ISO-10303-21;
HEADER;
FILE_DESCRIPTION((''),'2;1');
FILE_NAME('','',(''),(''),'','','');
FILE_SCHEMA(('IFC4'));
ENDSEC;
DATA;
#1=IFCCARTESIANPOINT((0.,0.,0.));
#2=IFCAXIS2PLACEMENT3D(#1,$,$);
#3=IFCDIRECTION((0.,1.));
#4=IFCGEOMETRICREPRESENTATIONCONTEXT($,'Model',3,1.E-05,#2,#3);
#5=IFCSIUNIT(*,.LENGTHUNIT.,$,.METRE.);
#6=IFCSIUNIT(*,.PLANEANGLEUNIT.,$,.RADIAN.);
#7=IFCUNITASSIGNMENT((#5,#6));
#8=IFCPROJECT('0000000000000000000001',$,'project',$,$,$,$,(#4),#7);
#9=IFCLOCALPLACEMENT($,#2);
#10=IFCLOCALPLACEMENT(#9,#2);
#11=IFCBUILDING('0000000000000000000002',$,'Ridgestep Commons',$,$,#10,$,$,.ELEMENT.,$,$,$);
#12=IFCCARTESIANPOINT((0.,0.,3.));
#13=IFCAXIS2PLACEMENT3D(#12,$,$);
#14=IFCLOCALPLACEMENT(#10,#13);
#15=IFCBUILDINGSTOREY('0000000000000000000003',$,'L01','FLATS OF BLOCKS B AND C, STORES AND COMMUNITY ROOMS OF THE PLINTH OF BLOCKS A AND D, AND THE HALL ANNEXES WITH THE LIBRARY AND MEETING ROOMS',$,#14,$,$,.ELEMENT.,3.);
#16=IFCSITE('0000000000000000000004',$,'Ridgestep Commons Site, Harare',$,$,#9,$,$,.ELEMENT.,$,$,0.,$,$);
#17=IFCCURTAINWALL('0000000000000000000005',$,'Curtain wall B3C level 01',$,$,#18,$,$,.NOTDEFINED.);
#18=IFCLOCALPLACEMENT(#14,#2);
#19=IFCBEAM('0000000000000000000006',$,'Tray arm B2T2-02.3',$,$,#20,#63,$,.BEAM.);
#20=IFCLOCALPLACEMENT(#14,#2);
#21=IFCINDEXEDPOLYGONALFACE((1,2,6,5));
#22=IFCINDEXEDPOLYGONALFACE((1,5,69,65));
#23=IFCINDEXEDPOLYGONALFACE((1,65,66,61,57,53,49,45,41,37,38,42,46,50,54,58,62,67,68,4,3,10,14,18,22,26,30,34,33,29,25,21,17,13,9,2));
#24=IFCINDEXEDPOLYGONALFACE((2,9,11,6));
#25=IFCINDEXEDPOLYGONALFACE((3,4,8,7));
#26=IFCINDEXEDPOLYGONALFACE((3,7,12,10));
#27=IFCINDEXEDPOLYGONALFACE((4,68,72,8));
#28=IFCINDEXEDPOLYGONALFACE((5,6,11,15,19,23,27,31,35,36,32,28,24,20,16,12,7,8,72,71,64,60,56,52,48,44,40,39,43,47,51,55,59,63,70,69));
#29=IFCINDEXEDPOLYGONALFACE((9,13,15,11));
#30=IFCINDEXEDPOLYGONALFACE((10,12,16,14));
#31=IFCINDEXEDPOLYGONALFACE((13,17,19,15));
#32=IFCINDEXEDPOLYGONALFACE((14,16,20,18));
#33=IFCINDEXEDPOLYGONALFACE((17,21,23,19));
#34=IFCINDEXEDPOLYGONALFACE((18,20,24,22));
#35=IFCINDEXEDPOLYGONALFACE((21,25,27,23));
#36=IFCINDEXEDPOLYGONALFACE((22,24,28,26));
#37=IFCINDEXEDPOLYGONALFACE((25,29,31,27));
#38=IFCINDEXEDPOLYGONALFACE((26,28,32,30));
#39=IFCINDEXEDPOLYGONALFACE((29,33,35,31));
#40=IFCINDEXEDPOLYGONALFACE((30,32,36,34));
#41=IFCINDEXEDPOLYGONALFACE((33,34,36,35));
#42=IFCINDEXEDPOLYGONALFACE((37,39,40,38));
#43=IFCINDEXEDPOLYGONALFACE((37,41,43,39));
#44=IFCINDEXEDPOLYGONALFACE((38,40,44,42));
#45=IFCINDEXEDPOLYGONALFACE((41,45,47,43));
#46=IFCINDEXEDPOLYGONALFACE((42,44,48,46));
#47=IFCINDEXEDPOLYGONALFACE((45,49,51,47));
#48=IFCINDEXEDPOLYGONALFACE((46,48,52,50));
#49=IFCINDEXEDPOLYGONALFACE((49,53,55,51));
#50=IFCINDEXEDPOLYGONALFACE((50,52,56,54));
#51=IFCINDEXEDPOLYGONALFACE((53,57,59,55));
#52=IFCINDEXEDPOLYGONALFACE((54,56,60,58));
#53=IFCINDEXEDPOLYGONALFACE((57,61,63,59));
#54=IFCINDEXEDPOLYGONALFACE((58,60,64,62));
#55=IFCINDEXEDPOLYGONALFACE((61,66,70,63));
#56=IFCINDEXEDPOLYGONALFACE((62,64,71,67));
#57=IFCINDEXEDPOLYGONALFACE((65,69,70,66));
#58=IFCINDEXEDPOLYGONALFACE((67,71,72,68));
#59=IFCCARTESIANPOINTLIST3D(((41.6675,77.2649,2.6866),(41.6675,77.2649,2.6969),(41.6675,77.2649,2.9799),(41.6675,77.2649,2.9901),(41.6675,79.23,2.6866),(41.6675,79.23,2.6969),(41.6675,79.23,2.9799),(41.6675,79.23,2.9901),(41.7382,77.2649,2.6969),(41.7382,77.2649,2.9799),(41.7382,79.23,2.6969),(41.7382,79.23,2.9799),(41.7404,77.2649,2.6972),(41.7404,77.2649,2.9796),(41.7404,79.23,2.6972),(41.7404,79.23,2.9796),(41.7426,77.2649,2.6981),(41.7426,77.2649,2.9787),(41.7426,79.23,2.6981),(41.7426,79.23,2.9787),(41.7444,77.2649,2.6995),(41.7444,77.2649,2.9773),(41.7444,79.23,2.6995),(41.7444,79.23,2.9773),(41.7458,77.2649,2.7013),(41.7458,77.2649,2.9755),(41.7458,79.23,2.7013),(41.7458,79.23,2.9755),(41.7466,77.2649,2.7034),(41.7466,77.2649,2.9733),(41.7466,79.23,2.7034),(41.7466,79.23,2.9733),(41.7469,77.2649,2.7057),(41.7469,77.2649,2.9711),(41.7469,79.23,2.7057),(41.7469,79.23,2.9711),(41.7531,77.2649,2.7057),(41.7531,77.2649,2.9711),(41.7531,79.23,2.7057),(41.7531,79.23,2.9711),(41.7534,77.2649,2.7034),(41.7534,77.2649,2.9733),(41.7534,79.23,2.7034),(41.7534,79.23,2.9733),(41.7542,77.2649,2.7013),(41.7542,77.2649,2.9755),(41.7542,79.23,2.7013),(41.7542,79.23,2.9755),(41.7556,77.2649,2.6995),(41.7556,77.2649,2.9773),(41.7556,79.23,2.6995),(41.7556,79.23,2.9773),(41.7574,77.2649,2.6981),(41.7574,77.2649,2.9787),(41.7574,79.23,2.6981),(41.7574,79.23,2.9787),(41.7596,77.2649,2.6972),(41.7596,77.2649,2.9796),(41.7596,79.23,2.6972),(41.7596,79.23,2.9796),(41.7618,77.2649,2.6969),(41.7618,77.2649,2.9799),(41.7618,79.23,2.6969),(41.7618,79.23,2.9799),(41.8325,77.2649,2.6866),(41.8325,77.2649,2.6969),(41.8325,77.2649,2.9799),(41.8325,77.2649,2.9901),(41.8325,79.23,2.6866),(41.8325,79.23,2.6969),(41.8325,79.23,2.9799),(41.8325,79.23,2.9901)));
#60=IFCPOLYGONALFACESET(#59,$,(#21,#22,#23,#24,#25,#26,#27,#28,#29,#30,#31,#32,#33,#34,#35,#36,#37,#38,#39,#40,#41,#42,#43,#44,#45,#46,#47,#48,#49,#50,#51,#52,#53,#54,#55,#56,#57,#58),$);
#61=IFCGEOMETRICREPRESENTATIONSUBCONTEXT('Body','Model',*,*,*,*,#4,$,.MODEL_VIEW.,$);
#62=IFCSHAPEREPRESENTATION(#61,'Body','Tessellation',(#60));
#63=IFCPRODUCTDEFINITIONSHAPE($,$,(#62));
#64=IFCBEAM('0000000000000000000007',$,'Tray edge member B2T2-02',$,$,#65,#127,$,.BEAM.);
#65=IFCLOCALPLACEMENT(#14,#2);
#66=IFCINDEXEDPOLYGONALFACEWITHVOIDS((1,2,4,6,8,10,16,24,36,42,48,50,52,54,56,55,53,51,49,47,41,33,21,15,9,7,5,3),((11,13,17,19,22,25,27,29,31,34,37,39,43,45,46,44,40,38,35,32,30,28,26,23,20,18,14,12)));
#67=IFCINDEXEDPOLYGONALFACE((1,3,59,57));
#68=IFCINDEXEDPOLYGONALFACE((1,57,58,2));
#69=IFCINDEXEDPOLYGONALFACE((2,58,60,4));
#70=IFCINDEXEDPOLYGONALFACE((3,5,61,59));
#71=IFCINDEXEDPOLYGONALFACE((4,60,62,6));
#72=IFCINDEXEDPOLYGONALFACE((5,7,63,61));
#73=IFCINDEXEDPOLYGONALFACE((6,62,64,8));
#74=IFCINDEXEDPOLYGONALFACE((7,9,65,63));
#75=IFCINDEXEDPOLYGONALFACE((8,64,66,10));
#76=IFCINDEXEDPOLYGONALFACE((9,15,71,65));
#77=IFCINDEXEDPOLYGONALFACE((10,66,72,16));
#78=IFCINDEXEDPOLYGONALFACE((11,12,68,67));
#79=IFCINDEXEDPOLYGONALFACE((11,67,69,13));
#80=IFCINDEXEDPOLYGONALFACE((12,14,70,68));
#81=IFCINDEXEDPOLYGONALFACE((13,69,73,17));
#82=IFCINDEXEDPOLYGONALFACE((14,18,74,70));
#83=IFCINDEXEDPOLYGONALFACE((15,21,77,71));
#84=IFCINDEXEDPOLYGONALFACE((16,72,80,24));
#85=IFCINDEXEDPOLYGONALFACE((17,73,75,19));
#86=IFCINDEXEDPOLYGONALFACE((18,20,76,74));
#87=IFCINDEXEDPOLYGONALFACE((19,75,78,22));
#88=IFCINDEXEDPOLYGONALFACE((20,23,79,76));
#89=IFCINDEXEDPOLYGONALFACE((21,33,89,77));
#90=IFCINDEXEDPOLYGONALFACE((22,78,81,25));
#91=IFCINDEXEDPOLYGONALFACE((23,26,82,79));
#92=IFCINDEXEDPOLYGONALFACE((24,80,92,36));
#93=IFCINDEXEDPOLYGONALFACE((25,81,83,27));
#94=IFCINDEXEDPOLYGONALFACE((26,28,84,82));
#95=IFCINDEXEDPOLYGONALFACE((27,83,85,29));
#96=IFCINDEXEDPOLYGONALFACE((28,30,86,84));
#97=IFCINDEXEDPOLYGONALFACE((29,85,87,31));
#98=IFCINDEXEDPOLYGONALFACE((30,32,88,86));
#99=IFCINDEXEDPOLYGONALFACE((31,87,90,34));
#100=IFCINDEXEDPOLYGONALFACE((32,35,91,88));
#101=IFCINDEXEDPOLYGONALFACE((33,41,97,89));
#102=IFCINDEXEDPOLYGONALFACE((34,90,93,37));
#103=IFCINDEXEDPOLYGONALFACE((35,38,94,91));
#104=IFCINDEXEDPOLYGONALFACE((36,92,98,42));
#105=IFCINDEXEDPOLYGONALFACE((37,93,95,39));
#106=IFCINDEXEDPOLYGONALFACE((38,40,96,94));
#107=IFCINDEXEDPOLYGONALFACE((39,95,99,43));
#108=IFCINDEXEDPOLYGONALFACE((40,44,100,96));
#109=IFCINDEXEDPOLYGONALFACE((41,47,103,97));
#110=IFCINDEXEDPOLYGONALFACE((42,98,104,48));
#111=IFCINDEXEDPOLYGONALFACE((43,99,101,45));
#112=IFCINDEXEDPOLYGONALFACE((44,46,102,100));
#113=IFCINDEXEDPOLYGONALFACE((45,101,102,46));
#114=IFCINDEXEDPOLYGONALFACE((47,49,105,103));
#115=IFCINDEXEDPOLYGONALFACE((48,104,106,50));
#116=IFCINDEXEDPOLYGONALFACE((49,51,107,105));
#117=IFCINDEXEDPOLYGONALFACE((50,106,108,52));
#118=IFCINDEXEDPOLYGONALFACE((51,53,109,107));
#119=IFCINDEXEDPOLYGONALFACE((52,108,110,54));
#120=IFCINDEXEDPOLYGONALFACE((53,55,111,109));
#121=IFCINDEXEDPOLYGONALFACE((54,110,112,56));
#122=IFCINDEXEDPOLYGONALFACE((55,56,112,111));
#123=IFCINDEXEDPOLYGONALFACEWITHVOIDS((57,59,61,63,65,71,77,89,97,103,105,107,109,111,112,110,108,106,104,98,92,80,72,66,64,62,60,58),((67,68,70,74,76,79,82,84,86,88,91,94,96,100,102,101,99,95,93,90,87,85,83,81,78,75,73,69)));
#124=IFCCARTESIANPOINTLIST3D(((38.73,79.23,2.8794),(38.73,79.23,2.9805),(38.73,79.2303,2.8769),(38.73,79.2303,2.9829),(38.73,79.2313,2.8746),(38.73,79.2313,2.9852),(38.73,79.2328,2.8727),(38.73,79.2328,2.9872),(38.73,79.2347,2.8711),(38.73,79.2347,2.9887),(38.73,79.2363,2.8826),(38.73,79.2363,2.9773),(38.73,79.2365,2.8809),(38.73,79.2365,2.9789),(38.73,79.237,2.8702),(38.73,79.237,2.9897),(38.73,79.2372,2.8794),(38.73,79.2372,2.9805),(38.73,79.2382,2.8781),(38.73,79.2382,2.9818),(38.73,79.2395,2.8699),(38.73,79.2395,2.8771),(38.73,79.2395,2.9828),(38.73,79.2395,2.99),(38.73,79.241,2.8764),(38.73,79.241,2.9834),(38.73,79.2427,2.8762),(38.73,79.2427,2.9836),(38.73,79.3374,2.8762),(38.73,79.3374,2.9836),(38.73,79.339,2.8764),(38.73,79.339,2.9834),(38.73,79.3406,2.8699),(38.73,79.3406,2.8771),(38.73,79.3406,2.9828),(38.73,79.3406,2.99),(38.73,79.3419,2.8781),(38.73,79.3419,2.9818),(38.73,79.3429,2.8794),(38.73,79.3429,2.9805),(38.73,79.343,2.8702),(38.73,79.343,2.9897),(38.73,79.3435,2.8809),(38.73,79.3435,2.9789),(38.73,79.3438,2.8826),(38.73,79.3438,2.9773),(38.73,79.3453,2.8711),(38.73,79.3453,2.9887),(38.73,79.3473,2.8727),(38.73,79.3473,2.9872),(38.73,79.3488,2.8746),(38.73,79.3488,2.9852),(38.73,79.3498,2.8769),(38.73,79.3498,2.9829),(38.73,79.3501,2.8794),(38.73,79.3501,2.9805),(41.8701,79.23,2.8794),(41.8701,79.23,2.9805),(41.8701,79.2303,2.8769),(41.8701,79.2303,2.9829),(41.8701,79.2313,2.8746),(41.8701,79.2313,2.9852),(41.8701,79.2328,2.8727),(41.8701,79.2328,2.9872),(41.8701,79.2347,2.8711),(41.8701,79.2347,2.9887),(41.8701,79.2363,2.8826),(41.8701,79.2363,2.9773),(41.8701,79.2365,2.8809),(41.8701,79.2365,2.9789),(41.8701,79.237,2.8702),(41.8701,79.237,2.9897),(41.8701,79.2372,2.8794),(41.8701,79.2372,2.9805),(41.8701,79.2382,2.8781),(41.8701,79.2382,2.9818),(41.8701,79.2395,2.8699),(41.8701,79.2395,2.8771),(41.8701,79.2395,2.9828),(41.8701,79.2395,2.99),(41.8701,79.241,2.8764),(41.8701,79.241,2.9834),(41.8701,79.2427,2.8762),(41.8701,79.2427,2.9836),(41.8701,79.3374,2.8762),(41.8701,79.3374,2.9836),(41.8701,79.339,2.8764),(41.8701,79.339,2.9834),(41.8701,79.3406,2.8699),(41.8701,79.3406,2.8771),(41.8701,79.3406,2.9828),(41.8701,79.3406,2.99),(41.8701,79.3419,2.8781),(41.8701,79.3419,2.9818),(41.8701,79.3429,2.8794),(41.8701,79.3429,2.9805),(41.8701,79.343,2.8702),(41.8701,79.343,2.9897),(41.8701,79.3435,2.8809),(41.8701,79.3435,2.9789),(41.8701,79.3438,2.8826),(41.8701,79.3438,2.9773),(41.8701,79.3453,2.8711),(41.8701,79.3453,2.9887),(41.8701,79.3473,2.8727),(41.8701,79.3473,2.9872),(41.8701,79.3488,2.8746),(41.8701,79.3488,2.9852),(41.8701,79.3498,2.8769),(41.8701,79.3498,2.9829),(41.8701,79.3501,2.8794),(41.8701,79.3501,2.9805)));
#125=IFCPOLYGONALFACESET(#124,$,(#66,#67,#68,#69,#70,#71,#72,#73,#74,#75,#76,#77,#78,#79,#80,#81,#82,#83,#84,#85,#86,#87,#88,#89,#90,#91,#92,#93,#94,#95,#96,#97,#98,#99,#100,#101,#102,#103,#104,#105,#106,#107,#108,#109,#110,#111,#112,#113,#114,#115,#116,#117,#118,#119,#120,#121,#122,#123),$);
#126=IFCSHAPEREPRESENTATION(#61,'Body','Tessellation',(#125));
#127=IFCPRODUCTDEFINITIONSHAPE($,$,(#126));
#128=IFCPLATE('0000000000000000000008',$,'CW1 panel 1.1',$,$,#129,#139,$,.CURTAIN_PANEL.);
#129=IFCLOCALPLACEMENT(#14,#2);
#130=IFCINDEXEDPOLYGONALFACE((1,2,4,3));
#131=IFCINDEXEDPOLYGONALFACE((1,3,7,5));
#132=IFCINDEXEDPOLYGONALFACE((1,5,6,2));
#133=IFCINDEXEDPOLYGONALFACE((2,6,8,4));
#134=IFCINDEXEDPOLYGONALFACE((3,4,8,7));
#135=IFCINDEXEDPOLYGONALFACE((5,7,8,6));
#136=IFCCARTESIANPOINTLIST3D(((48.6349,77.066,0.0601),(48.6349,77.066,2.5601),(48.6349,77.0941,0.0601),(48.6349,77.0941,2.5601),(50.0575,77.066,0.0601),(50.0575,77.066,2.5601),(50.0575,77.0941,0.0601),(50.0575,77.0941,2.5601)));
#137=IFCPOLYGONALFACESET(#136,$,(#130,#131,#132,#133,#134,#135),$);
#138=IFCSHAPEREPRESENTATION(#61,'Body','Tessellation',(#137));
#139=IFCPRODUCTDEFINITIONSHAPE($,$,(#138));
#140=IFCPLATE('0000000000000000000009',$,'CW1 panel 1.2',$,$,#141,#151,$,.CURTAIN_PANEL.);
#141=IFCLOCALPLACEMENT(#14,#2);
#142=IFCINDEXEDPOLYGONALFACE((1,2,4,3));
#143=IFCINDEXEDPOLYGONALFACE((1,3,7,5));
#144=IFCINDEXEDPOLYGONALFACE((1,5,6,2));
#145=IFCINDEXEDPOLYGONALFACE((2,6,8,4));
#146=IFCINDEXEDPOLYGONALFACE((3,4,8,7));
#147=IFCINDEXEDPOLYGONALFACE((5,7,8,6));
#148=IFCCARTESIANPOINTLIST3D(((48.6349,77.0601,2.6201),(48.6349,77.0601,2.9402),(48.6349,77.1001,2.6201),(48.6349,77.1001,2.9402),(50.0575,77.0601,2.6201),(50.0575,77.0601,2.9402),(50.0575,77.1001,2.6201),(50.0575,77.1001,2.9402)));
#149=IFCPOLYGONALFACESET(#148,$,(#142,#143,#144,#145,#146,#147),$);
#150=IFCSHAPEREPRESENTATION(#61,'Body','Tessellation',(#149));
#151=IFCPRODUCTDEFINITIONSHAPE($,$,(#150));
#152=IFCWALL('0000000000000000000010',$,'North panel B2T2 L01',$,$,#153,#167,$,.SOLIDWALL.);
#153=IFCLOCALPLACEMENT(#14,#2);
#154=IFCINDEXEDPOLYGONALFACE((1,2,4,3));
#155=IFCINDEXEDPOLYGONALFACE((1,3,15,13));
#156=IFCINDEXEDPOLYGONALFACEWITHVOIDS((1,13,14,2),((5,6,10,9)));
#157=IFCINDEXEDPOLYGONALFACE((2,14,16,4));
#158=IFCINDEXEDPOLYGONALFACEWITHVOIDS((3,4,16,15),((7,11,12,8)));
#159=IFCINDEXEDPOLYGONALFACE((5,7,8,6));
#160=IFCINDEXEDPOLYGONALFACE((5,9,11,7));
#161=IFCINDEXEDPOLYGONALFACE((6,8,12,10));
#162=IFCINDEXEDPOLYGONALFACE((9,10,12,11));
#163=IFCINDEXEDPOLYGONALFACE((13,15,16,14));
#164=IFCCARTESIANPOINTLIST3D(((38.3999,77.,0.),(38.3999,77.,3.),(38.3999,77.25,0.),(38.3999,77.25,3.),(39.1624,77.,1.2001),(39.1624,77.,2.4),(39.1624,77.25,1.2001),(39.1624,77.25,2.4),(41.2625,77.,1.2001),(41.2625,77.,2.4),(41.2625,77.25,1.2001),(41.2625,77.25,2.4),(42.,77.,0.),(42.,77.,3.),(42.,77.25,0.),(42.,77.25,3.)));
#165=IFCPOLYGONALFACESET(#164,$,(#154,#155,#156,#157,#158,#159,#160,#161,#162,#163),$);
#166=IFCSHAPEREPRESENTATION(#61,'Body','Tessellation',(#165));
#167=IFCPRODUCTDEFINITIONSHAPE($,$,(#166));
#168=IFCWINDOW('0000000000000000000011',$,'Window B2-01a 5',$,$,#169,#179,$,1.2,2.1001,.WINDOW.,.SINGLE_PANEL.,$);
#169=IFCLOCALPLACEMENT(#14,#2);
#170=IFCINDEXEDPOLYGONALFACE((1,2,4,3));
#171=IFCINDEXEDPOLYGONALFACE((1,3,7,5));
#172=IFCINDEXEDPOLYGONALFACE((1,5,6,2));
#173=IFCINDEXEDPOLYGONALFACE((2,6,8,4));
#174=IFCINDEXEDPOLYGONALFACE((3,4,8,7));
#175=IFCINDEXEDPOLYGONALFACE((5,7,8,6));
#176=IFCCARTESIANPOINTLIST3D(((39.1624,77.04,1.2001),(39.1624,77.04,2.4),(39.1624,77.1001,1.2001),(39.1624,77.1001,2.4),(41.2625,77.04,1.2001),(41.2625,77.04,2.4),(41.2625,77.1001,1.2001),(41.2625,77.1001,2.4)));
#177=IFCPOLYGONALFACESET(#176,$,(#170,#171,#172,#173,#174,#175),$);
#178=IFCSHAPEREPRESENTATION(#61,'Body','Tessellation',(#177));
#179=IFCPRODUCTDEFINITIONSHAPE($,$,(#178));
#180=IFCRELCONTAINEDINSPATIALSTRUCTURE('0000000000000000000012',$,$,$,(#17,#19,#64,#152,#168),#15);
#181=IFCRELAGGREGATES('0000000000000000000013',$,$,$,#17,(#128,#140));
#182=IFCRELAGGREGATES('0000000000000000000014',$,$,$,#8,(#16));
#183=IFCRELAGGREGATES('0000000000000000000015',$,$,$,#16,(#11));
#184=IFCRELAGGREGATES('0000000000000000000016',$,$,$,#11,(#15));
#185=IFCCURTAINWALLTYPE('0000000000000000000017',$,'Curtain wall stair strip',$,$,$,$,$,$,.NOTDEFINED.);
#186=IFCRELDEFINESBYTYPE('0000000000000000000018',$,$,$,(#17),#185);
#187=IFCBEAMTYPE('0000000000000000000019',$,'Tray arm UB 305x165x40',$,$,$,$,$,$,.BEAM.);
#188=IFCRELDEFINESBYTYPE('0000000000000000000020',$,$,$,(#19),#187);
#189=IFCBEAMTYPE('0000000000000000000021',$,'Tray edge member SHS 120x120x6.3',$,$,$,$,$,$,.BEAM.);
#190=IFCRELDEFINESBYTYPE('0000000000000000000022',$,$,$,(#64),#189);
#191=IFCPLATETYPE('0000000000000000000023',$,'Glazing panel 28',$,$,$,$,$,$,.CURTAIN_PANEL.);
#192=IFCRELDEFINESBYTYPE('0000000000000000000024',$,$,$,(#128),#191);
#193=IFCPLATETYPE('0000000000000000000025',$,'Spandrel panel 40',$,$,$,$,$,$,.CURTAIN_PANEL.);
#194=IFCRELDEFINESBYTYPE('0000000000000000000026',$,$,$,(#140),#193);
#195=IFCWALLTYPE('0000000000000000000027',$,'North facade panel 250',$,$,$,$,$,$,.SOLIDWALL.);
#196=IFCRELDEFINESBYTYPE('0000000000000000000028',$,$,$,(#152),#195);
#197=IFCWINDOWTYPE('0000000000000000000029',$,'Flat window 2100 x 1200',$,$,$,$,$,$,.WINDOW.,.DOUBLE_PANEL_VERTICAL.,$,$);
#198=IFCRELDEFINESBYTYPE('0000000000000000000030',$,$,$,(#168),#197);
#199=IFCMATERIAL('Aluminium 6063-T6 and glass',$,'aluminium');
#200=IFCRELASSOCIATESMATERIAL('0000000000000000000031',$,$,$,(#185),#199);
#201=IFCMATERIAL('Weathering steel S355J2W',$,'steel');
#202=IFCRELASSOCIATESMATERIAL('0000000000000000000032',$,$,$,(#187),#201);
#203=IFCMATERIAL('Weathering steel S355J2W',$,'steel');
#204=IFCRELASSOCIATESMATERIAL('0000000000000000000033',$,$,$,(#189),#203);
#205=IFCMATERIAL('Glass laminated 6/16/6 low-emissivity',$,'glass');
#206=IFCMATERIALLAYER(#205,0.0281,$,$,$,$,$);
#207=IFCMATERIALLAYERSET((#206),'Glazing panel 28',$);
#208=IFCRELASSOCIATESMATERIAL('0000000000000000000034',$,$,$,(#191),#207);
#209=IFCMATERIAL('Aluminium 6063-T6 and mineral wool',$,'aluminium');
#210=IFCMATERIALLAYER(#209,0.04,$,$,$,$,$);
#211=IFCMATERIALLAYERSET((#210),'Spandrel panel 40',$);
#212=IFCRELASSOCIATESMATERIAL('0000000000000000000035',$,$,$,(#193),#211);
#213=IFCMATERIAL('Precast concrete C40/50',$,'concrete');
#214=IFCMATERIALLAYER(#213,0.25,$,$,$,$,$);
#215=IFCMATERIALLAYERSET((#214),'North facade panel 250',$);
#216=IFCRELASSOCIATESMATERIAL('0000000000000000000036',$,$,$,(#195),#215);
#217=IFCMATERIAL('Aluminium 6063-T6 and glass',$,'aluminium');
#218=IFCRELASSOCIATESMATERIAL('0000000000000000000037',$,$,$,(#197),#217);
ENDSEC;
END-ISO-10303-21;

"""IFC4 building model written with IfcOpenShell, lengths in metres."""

from ifc_helpers import new_model, si_unit, direction, frame, frame_2d, origin, origin_2d, place, context, subcontext, project, spatial, rectangle, hollow_rectangle, i_section, extrude, material, layer, layer_set, material_profile, profile_set, type_object, element, fill, aggregate, save


model = new_model("IFC4")

# Units and contexts
model_context = context("Model", 3, precision=1e-05, world=origin(), true_north=direction((0.0, 1.0)))
body_context = subcontext(model_context, "Body", "Model", "MODEL_VIEW")
ifc_project = project(units=[si_unit("LENGTHUNIT", "METRE"), si_unit("PLANEANGLEUNIT", "RADIAN")], contexts=[model_context])

# Site, building, storey
site_placement = place(None, origin())
site = spatial("IfcSite", under=ifc_project, at=site_placement, Name="Ridgestep Commons Site, Harare", CompositionType="ELEMENT", RefElevation=0.0)
building_placement = place(site_placement, origin())
building = spatial("IfcBuilding", under=site, at=building_placement, Name="Ridgestep Commons", CompositionType="ELEMENT")
storey_placement = place(building_placement, frame((0.0, 0.0, 3.0)))
storey = spatial("IfcBuildingStorey", under=building, at=storey_placement, Name="L01", Description="FLATS OF BLOCKS B AND C, STORES AND COMMUNITY ROOMS OF THE PLINTH OF BLOCKS A AND D, AND THE HALL ANNEXES WITH THE LIBRARY AND MEETING ROOMS", CompositionType="ELEMENT", Elevation=3.0)

# Curtain wall
ifc_material_1 = material(Name="Aluminium 6063-T6 and glass", Category="aluminium")
curtain_wall_type = type_object("IfcCurtainWallType", Name="Curtain wall stair strip", PredefinedType="NOTDEFINED", material=ifc_material_1)
curtain_wall_placement = place(storey_placement, origin())
curtain_wall = element("IfcCurtainWall", 1, at=curtain_wall_placement, inside=storey, type_object=curtain_wall_type, Name="Curtain wall B3C level 01", PredefinedType="NOTDEFINED")

# Beams
ifc_material_2 = material(Name="Weathering steel S355J2W", Category="steel")
ifc_material_profile_1 = material_profile(ifc_material_2, i_section(OverallWidth=0.165, OverallDepth=0.3035, WebThickness=0.0061, FlangeThickness=0.0103, FilletRadius=0.0088, at=origin_2d()), Name="UB 305x165x40")
ifc_profile_set_1 = profile_set([ifc_material_profile_1], Name="Weathering steel S355J2W")
beam_type_1 = type_object("IfcBeamType", Name="Tray arm UB 305x165x40", PredefinedType="BEAM", material=ifc_profile_set_1)
for number, where, z_axis, x_axis, name in (
    (2, (41.75, 77.2649, 2.8384), (0.0, 1.0, 0.0), (-1.0, 0.0, 0.0), "Tray arm B2T2-02.3"),
):
    element("IfcBeam", number, at=place(storey_placement, frame(where, z_axis=z_axis, x_axis=x_axis)), inside=storey, type_object=beam_type_1, Name=name, PredefinedType="BEAM", context=body_context, shape_type="SweptSolid", body=[
        extrude(i_section(OverallWidth=0.165, OverallDepth=0.3035, WebThickness=0.0061, FlangeThickness=0.0103, FilletRadius=0.0088, at=origin_2d()), origin(), (0.0, 0.0, 1.0), 1.9651),
    ])
ifc_material_3 = material(Name="Weathering steel S355J2W", Category="steel")
ifc_material_profile_2 = material_profile(ifc_material_3, hollow_rectangle(XDim=0.1201, YDim=0.1201, WallThickness=0.0063, InnerFilletRadius=0.0063, OuterFilletRadius=0.0095, at=origin_2d()), Name="SHS 120x120x6.3")
ifc_profile_set_2 = profile_set([ifc_material_profile_2], Name="Weathering steel S355J2W")
beam_type_2 = type_object("IfcBeamType", Name="Tray edge member SHS 120x120x6.3", PredefinedType="BEAM", material=ifc_profile_set_2)
beam_placement = place(storey_placement, frame((38.73, 79.29, 2.9299), z_axis=(1.0, 0.0, 0.0), x_axis=(0.0, 0.0, 1.0)))
element("IfcBeam", 3, at=beam_placement, inside=storey, type_object=beam_type_2, Name="Tray edge member B2T2-02", PredefinedType="BEAM", context=body_context, shape_type="SweptSolid", body=[
    extrude(hollow_rectangle(XDim=0.1201, YDim=0.1201, WallThickness=0.0063, InnerFilletRadius=0.0063, OuterFilletRadius=0.0095, at=origin_2d()), origin(), (0.0, 0.0, 1.0), 3.1401),
])

# Plates
ifc_material_4 = material(Name="Glass laminated 6/16/6 low-emissivity", Category="glass")
ifc_layer_1 = layer(ifc_material_4, 0.0281)
ifc_layer_set_1 = layer_set([ifc_layer_1], Name="Glazing panel 28")
plate_type_1 = type_object("IfcPlateType", Name="Glazing panel 28", PredefinedType="CURTAIN_PANEL", material=ifc_layer_set_1)
plate_1_placement = place(storey_placement, frame((49.3462, 77.0801, 0.0601), z_axis=(0.0, 0.0, 1.0), x_axis=(1.0, 0.0, 0.0)))
plate_1 = element("IfcPlate", 4, at=plate_1_placement, type_object=plate_type_1, Name="CW1 panel 1.1", PredefinedType="CURTAIN_PANEL", context=body_context, shape_type="SweptSolid", body=[
    extrude(rectangle(XDim=1.4226, YDim=0.0281, at=origin_2d()), origin(), (0.0, 0.0, 1.0), 2.5),
])
ifc_material_5 = material(Name="Aluminium 6063-T6 and mineral wool", Category="aluminium")
ifc_layer_2 = layer(ifc_material_5, 0.04)
ifc_layer_set_2 = layer_set([ifc_layer_2], Name="Spandrel panel 40")
plate_type_2 = type_object("IfcPlateType", Name="Spandrel panel 40", PredefinedType="CURTAIN_PANEL", material=ifc_layer_set_2)
plate_2_placement = place(storey_placement, frame((49.3462, 77.0801, 2.6201), z_axis=(0.0, 0.0, 1.0), x_axis=(1.0, 0.0, 0.0)))
plate_2 = element("IfcPlate", 5, at=plate_2_placement, type_object=plate_type_2, Name="CW1 panel 1.2", PredefinedType="CURTAIN_PANEL", context=body_context, shape_type="SweptSolid", body=[
    extrude(rectangle(XDim=1.4226, YDim=0.04, at=origin_2d()), origin(), (0.0, 0.0, 1.0), 0.3201),
])
aggregate(curtain_wall, [plate_1, plate_2])

# Wall, opening, window
ifc_material_6 = material(Name="Precast concrete C40/50", Category="concrete")
ifc_layer_3 = layer(ifc_material_6, 0.25)
ifc_layer_set_3 = layer_set([ifc_layer_3], Name="North facade panel 250")
wall_type = type_object("IfcWallType", Name="North facade panel 250", PredefinedType="SOLIDWALL", material=ifc_layer_set_3)
wall_1_placement = place(storey_placement, frame((38.3999, 77.125, 0.0), z_axis=(0.0, 0.0, 1.0), x_axis=(1.0, 0.0, 0.0)))
wall_1 = element("IfcWall", 6, at=wall_1_placement, inside=storey, type_object=wall_type, Name="North panel B2T2 L01", PredefinedType="SOLIDWALL", context=body_context, shape_type="SweptSolid", body=[
    extrude(rectangle(XDim=3.6001, YDim=0.25, at=frame_2d((1.8, 0.0))), origin(), (0.0, 0.0, 1.0), 3.0),
])
opening_1_placement = place(wall_1_placement, frame((0.7625, 0.0, 1.2)))
opening_1 = element("IfcOpeningElement", 7, at=opening_1_placement, cuts=wall_1, PredefinedType="OPENING", context=body_context, shape_type="SweptSolid", body=[
    extrude(rectangle(XDim=2.1001, YDim=1.2, at=frame_2d((1.05, 0.6001))), frame((0.0, 0.135, 0.0), z_axis=(0.0, -1.0, 0.0), x_axis=(1.0, 0.0, 0.0)), (0.0, 0.0, 1.0), 0.27),
])
ifc_material_7 = material(Name="Aluminium 6063-T6 and glass", Category="aluminium")
window_type = type_object("IfcWindowType", Name="Flat window 2100 x 1200", PartitioningType="DOUBLE_PANEL_VERTICAL", PredefinedType="WINDOW", material=ifc_material_7)
window_1_placement = place(opening_1_placement, origin())
window_1 = element("IfcWindow", 8, at=window_1_placement, inside=storey, type_object=window_type, Name="Window B2-01a 5", OverallHeight=1.2, OverallWidth=2.1001, PartitioningType="SINGLE_PANEL", PredefinedType="WINDOW", context=body_context, shape_type="SweptSolid", body=[
    extrude(rectangle(XDim=2.1001, YDim=1.2, at=frame_2d((1.05, 0.6001))), frame((0.0, -0.0249, 0.0), z_axis=(0.0, -1.0, 0.0), x_axis=(1.0, 0.0, 0.0)), (0.0, 0.0, 1.0), 0.0601),
])
fill(opening_1, window_1)

save(model, "model.ifc")
